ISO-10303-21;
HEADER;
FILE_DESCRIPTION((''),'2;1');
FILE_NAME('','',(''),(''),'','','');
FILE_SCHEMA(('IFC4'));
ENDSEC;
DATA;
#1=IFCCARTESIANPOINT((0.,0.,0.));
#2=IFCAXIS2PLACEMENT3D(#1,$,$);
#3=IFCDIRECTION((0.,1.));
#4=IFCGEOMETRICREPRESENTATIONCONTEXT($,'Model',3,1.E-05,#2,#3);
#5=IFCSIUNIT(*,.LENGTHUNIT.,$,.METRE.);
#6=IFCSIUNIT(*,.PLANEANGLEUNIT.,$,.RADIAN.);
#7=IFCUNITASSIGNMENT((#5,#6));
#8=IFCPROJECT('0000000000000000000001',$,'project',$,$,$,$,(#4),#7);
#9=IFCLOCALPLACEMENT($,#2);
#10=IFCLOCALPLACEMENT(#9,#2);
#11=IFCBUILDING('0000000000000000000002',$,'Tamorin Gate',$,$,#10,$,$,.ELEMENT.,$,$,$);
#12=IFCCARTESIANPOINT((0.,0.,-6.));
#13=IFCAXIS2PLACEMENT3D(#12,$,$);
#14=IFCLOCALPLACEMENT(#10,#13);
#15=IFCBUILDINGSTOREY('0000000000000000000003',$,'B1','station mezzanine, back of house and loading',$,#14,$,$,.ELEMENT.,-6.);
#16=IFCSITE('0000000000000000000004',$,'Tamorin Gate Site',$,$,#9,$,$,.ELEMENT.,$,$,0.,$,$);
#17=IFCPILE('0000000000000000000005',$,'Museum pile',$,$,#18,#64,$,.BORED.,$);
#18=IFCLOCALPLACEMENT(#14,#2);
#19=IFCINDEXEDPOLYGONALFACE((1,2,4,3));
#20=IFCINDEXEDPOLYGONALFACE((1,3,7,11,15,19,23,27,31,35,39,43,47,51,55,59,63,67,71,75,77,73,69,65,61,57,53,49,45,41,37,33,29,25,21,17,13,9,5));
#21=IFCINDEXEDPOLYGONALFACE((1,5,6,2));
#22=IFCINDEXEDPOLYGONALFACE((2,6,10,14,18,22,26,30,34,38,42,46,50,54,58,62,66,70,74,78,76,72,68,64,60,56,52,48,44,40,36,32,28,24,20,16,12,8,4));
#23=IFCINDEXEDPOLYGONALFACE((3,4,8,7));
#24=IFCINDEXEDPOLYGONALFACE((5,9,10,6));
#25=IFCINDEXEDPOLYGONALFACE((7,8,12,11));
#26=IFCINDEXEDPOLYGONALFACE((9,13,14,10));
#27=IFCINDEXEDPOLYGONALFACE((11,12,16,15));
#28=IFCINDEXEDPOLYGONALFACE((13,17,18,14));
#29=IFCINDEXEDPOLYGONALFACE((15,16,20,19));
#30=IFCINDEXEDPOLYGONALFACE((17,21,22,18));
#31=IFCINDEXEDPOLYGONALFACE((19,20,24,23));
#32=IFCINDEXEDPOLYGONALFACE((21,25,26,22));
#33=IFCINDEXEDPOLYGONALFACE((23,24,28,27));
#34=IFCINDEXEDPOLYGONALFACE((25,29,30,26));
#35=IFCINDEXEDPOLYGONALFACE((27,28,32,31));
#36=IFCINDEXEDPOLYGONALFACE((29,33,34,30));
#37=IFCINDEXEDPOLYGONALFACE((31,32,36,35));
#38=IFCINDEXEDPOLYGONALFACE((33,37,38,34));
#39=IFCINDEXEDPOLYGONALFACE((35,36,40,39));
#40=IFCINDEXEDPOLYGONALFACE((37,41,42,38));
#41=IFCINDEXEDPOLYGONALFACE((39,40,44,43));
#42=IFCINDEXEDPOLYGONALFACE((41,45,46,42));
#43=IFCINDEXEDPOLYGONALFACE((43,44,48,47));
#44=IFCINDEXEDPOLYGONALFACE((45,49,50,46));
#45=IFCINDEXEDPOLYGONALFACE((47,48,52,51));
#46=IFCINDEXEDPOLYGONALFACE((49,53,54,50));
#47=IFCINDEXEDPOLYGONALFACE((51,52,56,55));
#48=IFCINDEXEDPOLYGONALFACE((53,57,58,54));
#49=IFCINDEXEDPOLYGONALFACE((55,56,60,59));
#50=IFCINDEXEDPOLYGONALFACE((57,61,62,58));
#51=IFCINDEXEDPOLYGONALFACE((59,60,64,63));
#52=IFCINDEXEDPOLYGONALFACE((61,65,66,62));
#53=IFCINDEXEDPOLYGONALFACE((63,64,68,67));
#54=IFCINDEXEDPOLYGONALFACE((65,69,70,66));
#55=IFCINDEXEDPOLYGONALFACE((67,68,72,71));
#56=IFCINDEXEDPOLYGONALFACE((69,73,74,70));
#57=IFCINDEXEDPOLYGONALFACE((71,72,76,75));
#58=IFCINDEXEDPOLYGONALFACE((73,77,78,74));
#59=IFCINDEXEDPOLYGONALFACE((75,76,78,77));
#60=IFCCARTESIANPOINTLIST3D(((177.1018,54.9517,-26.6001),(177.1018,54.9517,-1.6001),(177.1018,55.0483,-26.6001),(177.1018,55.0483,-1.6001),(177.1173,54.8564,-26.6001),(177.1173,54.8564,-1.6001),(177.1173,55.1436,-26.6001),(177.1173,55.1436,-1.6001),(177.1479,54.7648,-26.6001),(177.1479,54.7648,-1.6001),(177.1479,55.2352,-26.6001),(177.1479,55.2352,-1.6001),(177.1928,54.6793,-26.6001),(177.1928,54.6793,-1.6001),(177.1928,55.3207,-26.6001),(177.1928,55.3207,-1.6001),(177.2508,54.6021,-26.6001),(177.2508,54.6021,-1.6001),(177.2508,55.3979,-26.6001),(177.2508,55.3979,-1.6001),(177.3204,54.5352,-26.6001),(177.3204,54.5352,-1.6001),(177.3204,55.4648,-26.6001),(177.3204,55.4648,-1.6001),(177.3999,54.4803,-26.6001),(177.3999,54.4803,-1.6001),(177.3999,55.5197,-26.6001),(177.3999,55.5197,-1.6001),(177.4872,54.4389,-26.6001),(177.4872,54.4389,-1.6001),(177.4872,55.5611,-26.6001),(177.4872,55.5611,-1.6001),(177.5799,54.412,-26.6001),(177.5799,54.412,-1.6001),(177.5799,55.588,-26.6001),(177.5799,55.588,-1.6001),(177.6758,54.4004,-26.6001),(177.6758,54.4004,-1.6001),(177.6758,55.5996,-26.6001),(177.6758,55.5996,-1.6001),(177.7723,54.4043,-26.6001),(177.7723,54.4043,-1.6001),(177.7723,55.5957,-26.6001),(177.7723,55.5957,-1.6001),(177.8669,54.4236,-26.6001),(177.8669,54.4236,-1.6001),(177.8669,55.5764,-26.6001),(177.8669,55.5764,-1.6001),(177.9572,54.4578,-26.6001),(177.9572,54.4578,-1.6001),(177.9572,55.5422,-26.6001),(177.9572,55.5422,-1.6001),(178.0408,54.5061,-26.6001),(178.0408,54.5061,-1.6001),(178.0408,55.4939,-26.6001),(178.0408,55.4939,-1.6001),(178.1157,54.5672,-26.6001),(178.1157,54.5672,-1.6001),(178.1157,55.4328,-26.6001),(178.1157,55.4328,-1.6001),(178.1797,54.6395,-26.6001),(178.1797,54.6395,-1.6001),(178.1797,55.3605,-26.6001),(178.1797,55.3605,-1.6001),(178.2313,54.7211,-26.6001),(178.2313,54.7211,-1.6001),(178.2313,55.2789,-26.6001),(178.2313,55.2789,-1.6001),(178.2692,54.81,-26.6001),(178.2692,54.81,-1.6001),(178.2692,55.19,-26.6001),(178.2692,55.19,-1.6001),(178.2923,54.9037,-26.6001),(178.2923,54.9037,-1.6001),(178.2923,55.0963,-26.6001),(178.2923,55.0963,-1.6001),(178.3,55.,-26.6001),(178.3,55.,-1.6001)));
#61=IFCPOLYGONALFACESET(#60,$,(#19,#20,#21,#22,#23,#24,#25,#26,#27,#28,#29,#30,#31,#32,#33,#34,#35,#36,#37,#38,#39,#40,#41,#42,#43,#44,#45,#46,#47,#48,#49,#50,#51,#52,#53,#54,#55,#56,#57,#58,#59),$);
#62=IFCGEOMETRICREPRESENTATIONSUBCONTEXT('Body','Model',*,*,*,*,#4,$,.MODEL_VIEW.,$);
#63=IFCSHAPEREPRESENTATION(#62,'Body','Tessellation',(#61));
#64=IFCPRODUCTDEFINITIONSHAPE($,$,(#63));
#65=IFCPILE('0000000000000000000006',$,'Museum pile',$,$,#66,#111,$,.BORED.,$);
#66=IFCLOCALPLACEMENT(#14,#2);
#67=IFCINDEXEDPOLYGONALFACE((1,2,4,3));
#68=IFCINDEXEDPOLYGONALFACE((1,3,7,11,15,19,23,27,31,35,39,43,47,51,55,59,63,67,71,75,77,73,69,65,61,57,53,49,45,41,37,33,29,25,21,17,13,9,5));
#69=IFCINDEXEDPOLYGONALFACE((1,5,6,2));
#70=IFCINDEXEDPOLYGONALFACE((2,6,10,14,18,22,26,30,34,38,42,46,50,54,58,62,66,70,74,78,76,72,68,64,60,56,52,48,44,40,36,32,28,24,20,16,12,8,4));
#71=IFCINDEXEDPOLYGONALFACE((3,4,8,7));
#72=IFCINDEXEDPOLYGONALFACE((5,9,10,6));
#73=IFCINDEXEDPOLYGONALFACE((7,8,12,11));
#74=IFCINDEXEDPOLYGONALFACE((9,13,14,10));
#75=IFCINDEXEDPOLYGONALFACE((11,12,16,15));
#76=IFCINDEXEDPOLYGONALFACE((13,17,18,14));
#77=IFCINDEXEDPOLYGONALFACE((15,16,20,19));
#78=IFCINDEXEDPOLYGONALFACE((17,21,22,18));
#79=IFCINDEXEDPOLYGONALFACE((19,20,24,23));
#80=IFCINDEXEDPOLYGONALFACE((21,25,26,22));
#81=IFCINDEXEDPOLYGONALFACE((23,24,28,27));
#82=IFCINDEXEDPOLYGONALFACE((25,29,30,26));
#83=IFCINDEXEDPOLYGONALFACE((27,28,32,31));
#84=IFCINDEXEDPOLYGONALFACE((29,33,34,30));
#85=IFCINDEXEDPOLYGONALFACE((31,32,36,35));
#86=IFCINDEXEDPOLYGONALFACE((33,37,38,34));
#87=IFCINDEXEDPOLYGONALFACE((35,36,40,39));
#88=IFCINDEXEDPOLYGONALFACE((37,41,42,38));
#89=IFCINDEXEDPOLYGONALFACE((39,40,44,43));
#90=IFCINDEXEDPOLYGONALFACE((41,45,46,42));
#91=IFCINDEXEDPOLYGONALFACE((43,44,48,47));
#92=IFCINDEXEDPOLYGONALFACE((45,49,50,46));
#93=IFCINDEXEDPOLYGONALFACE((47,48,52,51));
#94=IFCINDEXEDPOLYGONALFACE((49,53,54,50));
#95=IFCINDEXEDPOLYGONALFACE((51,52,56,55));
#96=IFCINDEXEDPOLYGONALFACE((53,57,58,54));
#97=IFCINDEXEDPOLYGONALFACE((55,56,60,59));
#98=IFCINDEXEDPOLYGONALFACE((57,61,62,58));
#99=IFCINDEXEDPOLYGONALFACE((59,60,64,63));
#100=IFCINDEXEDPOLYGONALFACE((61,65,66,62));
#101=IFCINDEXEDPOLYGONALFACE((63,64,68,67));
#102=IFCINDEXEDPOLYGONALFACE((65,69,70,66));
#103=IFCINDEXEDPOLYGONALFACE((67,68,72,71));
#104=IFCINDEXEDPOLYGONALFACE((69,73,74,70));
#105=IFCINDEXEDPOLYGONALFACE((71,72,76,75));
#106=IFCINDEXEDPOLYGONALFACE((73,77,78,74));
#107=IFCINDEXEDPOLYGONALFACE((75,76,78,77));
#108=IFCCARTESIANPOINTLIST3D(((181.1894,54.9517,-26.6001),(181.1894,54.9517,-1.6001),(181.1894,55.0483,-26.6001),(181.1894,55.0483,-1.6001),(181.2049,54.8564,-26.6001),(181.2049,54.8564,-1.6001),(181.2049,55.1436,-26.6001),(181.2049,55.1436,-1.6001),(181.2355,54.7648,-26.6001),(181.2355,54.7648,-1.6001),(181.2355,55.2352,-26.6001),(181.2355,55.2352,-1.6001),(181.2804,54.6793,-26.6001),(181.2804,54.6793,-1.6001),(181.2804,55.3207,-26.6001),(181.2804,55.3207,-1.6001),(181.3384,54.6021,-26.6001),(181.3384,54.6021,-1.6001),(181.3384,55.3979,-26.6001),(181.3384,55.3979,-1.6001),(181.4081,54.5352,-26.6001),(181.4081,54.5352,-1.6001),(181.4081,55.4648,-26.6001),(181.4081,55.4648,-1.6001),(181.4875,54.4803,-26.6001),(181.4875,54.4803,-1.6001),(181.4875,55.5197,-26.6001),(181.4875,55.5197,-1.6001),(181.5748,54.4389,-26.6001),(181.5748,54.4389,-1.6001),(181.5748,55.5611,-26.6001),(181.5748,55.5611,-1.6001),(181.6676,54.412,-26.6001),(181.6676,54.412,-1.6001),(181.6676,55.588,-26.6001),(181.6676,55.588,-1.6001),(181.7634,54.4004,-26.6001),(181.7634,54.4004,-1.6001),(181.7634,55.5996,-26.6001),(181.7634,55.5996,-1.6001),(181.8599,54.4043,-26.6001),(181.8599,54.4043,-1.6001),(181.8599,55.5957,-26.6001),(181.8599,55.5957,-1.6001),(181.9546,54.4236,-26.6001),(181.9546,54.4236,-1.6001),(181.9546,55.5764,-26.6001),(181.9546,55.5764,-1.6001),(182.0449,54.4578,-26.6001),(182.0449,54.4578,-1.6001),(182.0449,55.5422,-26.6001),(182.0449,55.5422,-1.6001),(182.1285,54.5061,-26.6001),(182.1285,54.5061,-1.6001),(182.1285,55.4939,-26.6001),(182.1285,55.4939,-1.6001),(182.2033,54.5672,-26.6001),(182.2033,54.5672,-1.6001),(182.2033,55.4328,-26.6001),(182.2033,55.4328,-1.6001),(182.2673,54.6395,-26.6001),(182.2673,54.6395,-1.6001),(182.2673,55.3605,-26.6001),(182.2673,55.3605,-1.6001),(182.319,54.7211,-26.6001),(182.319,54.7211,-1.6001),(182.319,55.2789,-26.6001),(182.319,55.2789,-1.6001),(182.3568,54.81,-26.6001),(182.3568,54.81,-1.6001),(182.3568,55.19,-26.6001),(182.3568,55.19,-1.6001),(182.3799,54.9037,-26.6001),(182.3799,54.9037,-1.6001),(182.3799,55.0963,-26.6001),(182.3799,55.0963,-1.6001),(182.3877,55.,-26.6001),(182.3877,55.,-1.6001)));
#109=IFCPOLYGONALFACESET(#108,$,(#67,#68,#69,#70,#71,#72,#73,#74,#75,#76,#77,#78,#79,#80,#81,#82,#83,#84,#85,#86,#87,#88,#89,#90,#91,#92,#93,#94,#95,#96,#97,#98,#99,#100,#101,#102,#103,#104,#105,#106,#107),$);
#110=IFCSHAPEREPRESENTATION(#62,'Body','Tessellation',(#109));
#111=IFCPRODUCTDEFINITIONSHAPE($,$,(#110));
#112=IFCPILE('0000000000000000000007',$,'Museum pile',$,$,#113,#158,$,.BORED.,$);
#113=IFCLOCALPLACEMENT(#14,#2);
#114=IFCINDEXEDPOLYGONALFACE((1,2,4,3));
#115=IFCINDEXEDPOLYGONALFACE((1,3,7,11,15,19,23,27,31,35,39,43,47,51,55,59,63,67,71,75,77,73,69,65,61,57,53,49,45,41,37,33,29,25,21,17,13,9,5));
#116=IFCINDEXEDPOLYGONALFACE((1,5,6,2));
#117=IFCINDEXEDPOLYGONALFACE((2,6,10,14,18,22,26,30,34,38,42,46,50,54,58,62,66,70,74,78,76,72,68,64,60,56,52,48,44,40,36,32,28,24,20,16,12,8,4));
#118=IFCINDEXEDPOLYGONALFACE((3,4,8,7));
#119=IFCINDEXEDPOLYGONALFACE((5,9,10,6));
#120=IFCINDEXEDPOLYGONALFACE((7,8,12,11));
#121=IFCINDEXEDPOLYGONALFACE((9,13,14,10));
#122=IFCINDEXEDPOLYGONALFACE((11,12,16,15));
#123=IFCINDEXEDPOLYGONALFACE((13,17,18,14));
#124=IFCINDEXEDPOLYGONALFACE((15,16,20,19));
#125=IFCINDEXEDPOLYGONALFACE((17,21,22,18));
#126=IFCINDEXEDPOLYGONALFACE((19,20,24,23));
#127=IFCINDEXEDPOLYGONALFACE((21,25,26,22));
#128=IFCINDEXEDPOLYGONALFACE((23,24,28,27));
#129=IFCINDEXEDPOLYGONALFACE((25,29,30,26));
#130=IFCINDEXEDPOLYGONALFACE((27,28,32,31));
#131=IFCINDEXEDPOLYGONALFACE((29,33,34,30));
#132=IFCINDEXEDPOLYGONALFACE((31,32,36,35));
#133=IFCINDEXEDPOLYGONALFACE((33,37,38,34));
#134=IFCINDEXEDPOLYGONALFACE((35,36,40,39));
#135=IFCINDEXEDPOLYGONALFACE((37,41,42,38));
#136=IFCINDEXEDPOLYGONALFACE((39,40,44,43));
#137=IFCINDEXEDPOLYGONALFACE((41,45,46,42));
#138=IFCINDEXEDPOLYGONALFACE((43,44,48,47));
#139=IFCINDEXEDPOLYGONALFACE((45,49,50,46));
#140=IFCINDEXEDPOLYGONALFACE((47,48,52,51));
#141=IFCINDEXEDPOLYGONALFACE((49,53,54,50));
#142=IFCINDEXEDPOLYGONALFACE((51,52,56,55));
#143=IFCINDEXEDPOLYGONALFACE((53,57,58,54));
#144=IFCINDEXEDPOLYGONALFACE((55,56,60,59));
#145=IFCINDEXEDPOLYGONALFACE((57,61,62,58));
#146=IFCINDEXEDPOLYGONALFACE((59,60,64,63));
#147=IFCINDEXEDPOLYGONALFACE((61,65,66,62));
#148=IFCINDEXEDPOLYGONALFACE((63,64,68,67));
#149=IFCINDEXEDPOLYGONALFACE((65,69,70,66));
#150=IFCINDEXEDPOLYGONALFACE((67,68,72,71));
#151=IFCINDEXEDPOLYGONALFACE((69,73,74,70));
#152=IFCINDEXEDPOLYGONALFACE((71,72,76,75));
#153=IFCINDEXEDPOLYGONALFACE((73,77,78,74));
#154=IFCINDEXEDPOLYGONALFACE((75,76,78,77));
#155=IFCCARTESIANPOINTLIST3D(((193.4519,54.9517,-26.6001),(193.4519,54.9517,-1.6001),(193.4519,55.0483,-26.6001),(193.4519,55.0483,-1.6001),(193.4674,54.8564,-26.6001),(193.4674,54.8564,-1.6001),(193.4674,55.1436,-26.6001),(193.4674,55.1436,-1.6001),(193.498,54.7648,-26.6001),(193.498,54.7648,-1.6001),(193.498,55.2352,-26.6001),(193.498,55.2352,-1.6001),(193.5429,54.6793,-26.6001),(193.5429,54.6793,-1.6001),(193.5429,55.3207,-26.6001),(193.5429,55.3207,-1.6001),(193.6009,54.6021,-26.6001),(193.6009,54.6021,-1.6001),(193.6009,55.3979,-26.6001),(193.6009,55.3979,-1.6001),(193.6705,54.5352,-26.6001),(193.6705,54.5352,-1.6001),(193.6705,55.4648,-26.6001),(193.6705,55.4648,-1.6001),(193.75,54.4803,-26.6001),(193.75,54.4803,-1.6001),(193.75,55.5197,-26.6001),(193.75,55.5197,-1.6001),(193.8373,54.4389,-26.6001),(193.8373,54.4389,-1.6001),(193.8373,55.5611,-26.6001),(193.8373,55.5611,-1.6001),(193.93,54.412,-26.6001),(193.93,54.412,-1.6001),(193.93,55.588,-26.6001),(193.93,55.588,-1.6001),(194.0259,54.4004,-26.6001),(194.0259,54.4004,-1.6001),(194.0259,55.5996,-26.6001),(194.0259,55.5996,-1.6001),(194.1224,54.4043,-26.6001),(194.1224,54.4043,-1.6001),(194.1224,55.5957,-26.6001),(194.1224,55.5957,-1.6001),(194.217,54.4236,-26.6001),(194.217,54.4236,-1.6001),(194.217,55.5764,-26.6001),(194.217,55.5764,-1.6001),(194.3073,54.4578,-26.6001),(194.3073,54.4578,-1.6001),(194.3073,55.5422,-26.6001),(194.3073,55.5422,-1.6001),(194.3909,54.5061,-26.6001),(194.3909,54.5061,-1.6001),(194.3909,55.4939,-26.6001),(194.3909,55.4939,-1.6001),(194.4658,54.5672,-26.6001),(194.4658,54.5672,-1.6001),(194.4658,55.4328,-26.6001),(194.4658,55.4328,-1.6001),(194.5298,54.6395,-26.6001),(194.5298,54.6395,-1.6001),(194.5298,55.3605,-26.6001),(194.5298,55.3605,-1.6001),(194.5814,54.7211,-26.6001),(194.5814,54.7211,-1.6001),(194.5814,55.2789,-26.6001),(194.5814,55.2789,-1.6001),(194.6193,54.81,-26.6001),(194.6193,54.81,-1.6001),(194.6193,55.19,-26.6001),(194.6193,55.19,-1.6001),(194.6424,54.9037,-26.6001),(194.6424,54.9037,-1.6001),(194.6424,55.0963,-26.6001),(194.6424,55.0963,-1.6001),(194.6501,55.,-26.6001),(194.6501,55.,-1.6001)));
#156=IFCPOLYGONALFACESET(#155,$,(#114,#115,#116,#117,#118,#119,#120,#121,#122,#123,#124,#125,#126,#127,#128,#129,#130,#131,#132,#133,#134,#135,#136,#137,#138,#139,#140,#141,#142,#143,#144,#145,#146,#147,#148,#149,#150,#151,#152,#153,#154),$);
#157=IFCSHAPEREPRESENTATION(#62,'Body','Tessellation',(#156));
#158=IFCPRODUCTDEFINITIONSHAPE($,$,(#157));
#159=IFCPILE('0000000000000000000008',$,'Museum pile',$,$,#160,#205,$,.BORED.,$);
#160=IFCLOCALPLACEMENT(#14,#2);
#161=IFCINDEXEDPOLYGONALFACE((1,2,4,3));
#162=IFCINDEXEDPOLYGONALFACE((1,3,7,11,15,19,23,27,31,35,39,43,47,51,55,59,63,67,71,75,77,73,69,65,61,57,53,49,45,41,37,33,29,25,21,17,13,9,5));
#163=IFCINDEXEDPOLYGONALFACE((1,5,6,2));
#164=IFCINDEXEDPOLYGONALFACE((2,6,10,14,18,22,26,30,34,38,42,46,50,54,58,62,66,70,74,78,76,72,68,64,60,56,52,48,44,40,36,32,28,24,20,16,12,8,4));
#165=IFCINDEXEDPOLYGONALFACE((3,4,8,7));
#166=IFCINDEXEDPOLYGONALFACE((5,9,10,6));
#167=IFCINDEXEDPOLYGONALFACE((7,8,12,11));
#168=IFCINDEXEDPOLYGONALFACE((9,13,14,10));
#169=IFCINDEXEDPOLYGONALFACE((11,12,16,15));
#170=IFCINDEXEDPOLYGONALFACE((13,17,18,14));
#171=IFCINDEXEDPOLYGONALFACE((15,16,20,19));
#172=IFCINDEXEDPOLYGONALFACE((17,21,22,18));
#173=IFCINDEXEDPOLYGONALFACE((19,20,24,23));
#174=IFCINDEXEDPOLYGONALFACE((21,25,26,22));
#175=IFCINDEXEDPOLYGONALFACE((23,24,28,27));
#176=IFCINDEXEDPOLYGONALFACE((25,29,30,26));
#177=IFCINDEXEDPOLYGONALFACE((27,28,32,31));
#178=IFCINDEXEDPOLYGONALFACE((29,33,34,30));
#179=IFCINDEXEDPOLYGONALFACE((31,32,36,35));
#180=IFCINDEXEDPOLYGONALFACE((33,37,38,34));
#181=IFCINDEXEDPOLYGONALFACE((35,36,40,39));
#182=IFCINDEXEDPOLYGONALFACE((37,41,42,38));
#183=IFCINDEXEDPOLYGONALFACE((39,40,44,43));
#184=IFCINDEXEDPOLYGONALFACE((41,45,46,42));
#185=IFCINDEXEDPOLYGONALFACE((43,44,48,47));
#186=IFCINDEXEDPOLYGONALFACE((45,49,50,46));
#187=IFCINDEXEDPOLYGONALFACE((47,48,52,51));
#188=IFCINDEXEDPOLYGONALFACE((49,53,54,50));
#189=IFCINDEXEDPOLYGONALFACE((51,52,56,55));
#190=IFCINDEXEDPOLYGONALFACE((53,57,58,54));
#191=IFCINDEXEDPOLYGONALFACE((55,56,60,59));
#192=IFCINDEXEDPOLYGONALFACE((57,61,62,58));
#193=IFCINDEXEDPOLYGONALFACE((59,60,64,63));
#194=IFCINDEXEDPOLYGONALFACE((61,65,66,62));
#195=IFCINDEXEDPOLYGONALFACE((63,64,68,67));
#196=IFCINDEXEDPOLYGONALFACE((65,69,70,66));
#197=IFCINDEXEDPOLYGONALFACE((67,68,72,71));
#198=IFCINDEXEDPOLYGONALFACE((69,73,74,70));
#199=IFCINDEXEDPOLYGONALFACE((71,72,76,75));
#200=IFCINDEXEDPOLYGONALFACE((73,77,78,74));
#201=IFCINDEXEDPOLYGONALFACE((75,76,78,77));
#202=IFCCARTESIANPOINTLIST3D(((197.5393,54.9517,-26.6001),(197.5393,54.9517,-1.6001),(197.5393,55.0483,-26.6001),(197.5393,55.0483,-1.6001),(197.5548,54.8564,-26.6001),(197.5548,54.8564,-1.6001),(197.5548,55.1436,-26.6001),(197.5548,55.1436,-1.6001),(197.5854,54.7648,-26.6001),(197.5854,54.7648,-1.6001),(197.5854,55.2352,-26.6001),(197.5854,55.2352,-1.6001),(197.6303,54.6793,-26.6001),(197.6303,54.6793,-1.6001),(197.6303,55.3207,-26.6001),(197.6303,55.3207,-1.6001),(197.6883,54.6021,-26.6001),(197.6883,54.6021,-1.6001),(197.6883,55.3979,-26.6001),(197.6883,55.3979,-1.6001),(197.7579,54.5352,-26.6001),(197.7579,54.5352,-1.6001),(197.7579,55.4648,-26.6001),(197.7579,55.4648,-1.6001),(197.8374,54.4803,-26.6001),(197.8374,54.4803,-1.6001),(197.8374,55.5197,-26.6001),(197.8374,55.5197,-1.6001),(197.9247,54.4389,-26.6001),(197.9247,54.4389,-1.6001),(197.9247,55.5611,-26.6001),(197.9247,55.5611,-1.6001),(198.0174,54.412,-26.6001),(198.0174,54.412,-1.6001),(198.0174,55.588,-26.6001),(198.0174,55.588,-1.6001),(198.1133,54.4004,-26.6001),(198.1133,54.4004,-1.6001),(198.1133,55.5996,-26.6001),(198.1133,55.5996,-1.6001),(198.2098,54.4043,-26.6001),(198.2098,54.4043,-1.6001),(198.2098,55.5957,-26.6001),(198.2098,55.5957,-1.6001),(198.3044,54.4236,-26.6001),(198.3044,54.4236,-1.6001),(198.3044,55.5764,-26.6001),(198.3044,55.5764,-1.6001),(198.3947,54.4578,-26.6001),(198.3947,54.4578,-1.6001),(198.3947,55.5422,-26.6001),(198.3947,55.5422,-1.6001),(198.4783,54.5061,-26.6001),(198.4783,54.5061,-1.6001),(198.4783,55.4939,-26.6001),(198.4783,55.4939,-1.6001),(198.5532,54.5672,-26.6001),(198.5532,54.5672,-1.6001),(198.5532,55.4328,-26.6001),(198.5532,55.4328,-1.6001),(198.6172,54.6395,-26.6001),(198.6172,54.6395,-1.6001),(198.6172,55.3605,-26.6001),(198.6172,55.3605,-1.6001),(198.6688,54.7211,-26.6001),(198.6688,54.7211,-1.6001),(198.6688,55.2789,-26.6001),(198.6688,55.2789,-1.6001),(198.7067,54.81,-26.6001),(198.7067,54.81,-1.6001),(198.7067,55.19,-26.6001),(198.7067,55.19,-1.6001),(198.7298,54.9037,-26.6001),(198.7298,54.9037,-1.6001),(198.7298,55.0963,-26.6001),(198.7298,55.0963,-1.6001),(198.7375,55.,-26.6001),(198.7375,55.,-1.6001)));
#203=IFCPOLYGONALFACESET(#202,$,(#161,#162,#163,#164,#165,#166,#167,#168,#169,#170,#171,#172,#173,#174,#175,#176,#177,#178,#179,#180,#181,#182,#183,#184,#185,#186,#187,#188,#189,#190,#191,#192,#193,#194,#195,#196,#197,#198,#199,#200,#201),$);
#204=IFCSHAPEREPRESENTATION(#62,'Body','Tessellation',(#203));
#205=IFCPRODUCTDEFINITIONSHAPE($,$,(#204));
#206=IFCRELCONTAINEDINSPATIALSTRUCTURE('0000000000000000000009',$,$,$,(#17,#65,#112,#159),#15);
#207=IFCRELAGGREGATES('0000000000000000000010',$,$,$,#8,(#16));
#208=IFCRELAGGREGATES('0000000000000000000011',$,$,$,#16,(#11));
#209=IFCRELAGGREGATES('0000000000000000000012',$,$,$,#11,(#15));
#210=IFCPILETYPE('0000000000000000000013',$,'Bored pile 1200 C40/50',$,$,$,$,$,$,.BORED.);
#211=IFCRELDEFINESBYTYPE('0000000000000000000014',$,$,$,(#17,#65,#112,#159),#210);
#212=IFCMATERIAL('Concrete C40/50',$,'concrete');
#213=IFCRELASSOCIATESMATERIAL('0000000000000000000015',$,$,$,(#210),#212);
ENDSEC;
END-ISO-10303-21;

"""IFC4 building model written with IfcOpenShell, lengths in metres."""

from ifc_helpers import new_model, si_unit, direction, frame, origin, origin_2d, place, context, subcontext, project, spatial, circle, extrude, material, material_profile, profile_set, type_object, element, save


model = new_model("IFC4")

# Units and contexts
model_context = context("Model", 3, precision=1e-05, world=origin(), true_north=direction((0.0, 1.0)))
body_context = subcontext(model_context, "Body", "Model", "MODEL_VIEW")
ifc_project = project(units=[si_unit("LENGTHUNIT", "METRE"), si_unit("PLANEANGLEUNIT", "RADIAN")], contexts=[model_context])

# Site, building, storey
site_placement = place(None, origin())
site = spatial("IfcSite", under=ifc_project, at=site_placement, Name="Tamorin Gate Site", CompositionType="ELEMENT", RefElevation=0.0)
building_placement = place(site_placement, origin())
building = spatial("IfcBuilding", under=site, at=building_placement, Name="Tamorin Gate", CompositionType="ELEMENT")
storey_placement = place(building_placement, frame((0.0, 0.0, -6.0)))
storey = spatial("IfcBuildingStorey", under=building, at=storey_placement, Name="B1", Description="station mezzanine, back of house and loading", CompositionType="ELEMENT", Elevation=-6.0)

# Piles
ifc_material_1 = material(Name="Concrete C40/50", Category="concrete")
ifc_material_profile_1 = material_profile(ifc_material_1, circle(Radius=0.6001, at=origin_2d()))
ifc_profile_set_1 = profile_set([ifc_material_profile_1], Name="Concrete C40/50")
pile_type_1 = type_object("IfcPileType", Name="Bored pile 1200 C40/50", PredefinedType="BORED", material=ifc_profile_set_1)
for number, where, z_axis, x_axis, name in (
    (1, (177.7, 55.0, -1.6001), (0.0, 0.0, -1.0), (1.0, 0.0, 0.0), "Museum pile"),
    (2, (181.7876, 55.0, -1.6001), (0.0, 0.0, -1.0), (1.0, 0.0, 0.0), "Museum pile"),
    (3, (194.05, 55.0, -1.6001), (0.0, 0.0, -1.0), (1.0, 0.0, 0.0), "Museum pile"),
    (4, (198.1375, 55.0, -1.6001), (0.0, 0.0, -1.0), (1.0, 0.0, 0.0), "Museum pile"),
):
    element("IfcPile", number, at=place(storey_placement, frame(where, z_axis=z_axis, x_axis=x_axis)), inside=storey, type_object=pile_type_1, Name=name, PredefinedType="BORED", context=body_context, shape_type="SweptSolid", body=[
        extrude(circle(Radius=0.6001, at=origin_2d()), origin(), (0.0, 0.0, 1.0), 25.0),
    ])

save(model, "model.ifc")
